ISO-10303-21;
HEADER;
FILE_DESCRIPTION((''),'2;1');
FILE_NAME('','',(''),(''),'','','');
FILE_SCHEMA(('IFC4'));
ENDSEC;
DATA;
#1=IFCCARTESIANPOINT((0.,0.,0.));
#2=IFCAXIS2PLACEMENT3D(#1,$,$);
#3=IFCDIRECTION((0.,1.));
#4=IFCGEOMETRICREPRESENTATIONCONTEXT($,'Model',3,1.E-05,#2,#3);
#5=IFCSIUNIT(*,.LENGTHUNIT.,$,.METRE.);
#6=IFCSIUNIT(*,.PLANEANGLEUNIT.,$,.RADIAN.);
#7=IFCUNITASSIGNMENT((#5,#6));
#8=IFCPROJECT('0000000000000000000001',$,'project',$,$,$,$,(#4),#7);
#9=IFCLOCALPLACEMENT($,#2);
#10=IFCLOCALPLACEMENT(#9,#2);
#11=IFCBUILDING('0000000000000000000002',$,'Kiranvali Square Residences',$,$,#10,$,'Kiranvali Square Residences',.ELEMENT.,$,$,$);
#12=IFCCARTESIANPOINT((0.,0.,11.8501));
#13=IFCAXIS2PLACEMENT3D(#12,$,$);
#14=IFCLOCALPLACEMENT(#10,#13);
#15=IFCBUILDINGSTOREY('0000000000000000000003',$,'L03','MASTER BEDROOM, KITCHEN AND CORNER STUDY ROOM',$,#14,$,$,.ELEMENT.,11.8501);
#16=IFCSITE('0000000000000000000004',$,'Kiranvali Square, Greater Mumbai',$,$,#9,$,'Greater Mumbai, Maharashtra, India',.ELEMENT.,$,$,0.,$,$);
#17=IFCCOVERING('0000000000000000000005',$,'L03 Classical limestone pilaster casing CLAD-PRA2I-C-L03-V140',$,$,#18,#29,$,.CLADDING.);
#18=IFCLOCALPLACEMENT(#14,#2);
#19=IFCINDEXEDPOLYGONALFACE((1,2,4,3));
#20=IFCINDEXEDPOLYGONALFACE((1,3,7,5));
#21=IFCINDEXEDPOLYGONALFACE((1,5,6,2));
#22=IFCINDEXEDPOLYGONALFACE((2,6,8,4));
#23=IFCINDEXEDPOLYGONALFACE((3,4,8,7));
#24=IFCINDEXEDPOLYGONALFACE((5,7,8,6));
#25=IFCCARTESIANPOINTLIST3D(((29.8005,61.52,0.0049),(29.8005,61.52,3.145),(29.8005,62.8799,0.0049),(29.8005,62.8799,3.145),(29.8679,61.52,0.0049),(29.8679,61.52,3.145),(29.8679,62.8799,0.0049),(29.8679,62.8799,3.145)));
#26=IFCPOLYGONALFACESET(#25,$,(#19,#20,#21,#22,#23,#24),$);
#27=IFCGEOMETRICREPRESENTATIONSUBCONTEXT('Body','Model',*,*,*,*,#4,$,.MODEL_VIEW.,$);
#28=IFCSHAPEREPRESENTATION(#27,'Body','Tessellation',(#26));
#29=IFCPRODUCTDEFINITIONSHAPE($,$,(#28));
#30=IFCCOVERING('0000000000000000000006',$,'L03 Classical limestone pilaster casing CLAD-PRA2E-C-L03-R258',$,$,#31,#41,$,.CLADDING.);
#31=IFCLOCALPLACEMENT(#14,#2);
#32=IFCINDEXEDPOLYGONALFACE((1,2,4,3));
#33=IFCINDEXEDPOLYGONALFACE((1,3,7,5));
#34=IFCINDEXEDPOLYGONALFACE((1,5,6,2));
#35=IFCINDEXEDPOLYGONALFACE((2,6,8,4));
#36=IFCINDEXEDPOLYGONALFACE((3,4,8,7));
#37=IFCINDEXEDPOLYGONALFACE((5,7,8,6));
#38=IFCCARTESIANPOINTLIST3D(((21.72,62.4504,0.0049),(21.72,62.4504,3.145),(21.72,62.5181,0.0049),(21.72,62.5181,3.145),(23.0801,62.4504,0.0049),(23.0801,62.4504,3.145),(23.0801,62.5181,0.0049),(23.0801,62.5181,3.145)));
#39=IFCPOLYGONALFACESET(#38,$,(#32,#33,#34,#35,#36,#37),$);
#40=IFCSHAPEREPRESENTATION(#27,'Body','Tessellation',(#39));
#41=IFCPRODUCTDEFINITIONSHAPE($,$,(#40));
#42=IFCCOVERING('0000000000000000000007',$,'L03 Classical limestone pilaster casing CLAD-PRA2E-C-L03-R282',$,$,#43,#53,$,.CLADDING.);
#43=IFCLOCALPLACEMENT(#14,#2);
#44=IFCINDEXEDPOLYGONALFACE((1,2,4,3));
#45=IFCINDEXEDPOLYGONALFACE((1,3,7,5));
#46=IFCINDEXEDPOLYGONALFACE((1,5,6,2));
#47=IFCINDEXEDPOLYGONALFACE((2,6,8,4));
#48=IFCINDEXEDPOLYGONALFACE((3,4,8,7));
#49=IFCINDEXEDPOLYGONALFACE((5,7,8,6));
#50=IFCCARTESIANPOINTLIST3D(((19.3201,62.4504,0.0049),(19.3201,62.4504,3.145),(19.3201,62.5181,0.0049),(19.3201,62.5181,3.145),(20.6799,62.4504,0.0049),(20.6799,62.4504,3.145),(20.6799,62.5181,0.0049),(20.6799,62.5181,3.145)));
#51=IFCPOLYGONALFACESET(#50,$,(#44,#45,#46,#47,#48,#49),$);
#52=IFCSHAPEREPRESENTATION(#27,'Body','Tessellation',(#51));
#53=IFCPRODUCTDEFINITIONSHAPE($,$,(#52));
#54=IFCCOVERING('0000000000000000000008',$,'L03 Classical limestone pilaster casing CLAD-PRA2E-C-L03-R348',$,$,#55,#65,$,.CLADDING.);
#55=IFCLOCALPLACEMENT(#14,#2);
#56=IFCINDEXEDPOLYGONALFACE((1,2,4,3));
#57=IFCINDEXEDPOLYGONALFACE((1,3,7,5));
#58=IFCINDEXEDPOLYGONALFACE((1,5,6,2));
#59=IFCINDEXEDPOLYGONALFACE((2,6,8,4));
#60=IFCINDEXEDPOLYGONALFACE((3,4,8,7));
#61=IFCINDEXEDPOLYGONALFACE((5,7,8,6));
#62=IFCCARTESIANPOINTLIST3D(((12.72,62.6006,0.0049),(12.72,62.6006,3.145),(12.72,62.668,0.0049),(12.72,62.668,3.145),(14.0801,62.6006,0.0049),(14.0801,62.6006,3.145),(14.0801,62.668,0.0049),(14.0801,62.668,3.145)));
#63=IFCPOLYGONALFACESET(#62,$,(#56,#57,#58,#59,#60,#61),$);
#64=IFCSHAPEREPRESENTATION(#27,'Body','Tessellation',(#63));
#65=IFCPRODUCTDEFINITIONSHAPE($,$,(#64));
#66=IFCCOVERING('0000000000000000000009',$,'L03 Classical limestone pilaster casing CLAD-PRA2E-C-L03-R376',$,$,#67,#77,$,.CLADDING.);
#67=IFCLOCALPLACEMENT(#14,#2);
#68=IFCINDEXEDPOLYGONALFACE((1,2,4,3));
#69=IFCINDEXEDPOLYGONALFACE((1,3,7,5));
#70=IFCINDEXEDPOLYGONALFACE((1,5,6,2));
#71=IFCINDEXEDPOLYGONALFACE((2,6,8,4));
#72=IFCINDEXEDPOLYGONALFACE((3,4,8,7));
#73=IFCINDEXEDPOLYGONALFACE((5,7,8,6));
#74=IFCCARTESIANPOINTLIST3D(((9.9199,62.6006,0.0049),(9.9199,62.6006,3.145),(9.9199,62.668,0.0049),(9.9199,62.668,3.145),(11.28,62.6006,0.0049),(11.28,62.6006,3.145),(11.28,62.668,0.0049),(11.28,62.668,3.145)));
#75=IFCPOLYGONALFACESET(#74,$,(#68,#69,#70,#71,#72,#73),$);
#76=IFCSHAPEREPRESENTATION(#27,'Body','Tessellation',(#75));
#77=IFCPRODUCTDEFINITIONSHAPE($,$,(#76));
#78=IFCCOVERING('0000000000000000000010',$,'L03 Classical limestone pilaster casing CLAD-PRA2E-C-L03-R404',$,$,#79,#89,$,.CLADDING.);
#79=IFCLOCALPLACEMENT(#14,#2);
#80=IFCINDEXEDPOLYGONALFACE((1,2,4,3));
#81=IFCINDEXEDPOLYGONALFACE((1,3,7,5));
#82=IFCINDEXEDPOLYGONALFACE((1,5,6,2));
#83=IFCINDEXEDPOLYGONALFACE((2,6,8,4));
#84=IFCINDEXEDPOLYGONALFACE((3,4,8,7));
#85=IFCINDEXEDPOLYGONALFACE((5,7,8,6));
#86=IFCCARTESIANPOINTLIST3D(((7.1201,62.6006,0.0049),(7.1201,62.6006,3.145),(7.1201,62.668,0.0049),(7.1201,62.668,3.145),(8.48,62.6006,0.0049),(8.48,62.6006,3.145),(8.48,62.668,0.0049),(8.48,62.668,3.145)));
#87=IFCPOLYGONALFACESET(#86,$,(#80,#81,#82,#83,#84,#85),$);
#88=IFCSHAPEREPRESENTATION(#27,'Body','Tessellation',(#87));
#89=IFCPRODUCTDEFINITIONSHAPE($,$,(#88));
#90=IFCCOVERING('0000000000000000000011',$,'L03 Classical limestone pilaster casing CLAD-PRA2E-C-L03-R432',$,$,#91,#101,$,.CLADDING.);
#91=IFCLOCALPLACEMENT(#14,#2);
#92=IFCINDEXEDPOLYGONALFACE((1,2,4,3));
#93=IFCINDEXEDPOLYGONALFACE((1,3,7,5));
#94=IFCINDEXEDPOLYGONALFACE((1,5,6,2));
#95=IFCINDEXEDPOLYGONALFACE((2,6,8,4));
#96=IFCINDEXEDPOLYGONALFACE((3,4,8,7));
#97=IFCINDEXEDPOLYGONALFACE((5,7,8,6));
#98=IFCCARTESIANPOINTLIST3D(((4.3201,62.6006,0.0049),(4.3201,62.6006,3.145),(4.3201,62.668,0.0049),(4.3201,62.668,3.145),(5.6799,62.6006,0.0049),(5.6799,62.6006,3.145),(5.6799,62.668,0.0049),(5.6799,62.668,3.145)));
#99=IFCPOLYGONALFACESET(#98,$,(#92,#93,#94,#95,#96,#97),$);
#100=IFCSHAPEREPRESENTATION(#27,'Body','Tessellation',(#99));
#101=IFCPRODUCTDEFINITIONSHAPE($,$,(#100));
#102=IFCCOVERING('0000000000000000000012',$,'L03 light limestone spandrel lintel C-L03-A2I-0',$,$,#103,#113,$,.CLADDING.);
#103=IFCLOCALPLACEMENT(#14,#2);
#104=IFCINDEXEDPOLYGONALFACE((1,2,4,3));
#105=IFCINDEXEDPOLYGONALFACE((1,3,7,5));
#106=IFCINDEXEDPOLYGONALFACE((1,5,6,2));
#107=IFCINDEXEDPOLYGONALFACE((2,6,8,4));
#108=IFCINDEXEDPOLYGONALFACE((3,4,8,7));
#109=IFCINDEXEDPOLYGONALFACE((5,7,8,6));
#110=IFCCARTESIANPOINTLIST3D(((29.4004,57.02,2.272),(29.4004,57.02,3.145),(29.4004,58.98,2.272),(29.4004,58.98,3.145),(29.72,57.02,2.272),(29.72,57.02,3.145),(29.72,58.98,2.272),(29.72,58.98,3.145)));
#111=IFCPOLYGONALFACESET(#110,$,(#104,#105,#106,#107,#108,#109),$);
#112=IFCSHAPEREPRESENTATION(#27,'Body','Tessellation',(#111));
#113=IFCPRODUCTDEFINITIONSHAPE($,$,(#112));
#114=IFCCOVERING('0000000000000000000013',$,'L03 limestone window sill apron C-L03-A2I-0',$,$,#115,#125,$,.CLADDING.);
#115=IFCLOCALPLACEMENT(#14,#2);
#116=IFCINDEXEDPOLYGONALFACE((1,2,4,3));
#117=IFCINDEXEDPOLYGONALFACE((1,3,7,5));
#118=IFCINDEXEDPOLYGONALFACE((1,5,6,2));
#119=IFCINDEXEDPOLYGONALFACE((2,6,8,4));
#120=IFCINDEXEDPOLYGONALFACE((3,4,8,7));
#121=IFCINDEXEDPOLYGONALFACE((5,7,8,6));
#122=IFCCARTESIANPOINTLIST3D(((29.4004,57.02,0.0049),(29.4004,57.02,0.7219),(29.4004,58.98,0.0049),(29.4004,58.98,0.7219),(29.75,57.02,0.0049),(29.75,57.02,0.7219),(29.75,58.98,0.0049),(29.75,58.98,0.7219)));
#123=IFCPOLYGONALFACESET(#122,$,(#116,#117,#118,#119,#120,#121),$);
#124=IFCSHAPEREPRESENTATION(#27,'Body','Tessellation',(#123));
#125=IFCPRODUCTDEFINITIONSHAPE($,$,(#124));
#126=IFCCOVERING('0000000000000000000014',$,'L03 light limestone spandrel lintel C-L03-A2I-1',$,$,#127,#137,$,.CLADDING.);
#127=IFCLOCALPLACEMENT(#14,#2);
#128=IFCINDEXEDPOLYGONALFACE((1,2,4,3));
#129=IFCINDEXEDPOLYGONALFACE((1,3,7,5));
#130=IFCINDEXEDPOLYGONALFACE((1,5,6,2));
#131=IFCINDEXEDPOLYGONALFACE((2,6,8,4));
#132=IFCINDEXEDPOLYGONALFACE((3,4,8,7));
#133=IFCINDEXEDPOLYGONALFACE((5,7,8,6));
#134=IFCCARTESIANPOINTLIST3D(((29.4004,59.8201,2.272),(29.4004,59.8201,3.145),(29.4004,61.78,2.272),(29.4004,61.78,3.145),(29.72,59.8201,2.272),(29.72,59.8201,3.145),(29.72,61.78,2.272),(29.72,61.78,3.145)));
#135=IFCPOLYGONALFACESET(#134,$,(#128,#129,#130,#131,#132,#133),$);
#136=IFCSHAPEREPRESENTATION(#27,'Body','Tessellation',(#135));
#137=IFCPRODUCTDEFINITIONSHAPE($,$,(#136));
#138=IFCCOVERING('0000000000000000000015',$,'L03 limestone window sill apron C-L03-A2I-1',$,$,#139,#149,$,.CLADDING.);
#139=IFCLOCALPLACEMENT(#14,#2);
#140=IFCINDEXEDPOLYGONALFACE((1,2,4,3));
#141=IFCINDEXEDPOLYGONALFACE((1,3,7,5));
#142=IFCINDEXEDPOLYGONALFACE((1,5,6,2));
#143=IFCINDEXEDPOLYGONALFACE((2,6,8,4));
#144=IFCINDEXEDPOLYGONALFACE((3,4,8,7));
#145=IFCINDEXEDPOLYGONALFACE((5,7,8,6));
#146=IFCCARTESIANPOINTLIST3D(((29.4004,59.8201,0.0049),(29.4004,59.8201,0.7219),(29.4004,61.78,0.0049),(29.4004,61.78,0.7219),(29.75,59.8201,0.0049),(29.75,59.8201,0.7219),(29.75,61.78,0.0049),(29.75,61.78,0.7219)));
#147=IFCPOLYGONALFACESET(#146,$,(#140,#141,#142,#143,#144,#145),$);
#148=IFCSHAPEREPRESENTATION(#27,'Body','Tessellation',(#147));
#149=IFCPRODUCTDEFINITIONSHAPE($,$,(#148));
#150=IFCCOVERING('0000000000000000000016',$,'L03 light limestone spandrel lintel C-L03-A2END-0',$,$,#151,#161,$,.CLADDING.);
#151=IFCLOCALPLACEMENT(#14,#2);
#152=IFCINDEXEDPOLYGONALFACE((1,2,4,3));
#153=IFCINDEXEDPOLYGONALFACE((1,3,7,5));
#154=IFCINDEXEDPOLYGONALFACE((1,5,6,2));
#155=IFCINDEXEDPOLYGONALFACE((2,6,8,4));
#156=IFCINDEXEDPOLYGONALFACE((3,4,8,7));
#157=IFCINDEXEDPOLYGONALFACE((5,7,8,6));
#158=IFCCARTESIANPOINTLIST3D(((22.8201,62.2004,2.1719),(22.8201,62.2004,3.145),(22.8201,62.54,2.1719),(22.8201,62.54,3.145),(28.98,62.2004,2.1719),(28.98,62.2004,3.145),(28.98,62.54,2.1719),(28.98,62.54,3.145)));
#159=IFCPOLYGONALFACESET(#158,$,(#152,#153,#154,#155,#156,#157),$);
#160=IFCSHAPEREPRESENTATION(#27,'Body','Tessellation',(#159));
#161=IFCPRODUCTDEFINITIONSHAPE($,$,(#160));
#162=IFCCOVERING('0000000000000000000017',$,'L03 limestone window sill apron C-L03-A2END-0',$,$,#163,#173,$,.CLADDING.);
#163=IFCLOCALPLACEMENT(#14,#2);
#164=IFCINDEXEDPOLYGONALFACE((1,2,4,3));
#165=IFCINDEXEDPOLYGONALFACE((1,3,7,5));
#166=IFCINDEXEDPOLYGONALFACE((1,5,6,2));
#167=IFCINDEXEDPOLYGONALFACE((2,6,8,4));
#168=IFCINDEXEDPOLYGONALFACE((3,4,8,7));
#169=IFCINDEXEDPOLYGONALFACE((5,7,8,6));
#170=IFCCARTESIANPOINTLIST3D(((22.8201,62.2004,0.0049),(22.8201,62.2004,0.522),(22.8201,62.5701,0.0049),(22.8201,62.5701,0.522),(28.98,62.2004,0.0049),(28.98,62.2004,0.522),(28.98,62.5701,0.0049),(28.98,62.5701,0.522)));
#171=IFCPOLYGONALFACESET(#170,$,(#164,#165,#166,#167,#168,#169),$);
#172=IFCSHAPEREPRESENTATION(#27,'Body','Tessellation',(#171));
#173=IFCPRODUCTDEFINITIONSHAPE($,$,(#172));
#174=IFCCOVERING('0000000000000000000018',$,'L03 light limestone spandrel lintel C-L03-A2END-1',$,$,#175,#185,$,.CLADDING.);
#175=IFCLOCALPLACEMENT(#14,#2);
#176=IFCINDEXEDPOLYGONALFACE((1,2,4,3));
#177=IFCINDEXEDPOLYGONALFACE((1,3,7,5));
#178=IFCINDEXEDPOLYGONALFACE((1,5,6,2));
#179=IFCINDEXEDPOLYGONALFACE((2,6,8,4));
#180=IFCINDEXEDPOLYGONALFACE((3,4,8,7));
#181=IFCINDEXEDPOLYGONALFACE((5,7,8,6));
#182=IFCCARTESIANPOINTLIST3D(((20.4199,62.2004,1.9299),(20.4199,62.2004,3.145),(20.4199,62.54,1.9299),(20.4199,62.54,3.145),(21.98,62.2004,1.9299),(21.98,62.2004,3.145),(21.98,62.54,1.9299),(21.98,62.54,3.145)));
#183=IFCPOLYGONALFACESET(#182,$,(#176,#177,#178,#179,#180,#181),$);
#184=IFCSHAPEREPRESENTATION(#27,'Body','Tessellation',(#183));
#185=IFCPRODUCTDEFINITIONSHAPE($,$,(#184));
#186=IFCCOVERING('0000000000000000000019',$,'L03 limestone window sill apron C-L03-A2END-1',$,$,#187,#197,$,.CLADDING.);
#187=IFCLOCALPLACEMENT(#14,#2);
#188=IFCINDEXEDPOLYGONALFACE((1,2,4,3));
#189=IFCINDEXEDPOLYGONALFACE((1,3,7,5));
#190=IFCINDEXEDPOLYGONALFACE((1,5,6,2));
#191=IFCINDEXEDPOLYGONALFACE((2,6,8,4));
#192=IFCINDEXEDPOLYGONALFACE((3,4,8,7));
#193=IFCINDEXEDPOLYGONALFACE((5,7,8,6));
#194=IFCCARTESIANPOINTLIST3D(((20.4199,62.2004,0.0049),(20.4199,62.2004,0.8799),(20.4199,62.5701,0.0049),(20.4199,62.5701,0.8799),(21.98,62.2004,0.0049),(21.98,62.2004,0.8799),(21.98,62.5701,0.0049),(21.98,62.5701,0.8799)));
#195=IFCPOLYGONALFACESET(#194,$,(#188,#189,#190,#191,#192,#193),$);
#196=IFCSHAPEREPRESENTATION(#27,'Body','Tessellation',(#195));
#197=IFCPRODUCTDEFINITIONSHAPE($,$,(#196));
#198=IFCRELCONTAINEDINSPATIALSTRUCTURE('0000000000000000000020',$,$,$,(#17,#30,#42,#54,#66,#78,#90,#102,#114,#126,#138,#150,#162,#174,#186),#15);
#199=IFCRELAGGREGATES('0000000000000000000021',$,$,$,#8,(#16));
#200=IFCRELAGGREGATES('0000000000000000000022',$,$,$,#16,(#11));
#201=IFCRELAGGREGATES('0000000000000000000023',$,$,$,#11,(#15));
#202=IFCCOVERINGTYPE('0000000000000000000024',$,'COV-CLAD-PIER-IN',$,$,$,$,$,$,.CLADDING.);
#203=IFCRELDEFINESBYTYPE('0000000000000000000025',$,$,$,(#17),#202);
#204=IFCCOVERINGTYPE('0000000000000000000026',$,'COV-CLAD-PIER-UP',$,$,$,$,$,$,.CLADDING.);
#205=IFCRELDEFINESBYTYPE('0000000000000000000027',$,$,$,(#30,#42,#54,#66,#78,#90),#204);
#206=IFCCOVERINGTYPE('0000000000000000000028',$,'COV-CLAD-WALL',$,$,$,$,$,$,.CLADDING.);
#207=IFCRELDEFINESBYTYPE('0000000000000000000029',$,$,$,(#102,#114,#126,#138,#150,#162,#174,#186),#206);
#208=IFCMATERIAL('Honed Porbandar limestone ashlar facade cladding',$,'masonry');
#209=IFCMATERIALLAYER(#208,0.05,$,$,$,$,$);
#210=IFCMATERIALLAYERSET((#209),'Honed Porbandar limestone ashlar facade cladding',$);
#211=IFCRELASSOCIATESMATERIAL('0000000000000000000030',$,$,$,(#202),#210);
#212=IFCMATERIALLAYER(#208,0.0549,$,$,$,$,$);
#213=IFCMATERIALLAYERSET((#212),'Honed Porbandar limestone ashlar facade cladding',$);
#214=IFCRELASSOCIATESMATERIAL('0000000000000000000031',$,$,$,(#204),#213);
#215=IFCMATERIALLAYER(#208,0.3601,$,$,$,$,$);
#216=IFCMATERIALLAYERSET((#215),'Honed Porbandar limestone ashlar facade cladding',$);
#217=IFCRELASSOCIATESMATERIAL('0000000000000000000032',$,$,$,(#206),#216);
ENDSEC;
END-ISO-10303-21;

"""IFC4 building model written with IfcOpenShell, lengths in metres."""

from ifc_helpers import new_model, si_unit, direction, frame, origin, place, context, subcontext, project, spatial, polyline, outline, extrude, material, layer, layer_set, type_object, element, save


model = new_model("IFC4")

# Units and contexts
model_context = context("Model", 3, precision=1e-05, world=origin(), true_north=direction((0.0, 1.0)))
body_context = subcontext(model_context, "Body", "Model", "MODEL_VIEW")
ifc_project = project(units=[si_unit("LENGTHUNIT", "METRE"), si_unit("PLANEANGLEUNIT", "RADIAN")], contexts=[model_context])

# Site, building, storey
site_placement = place(None, origin())
site = spatial("IfcSite", under=ifc_project, at=site_placement, Name="Kiranvali Square, Greater Mumbai", LongName="Greater Mumbai, Maharashtra, India", CompositionType="ELEMENT", RefElevation=0.0)
building_placement = place(site_placement, origin())
building = spatial("IfcBuilding", under=site, at=building_placement, Name="Kiranvali Square Residences", LongName="Kiranvali Square Residences", CompositionType="ELEMENT")
storey_placement = place(building_placement, frame((0.0, 0.0, 11.8501)))
storey = spatial("IfcBuildingStorey", under=building, at=storey_placement, Name="L03", Description="MASTER BEDROOM, KITCHEN AND CORNER STUDY ROOM", CompositionType="ELEMENT", Elevation=11.8501)

# Coverings
ifc_material = material(Name="Honed Porbandar limestone ashlar facade cladding", Category="masonry")
ifc_layer_1 = layer(ifc_material, 0.05)
ifc_layer_set_1 = layer_set([ifc_layer_1], Name="Honed Porbandar limestone ashlar facade cladding")
covering_type_1 = type_object("IfcCoveringType", Name="COV-CLAD-PIER-IN", PredefinedType="CLADDING", material=ifc_layer_set_1)
covering_1_placement = place(storey_placement, frame((0.0, 0.0, 0.0049)))
element("IfcCovering", 1, at=covering_1_placement, inside=storey, type_object=covering_type_1, Name="L03 Classical limestone pilaster casing CLAD-PRA2I-C-L03-V140", PredefinedType="CLADDING", context=body_context, shape_type="SweptSolid", body=[
    extrude(outline(polyline([(29.8679, 61.52), (29.8679, 62.8799), (29.8005, 62.8799), (29.8005, 61.52), (29.8679, 61.52)])), origin(), (0.0, 0.0, 1.0), 3.1401),
])
ifc_layer_2 = layer(ifc_material, 0.0549)
ifc_layer_set_2 = layer_set([ifc_layer_2], Name="Honed Porbandar limestone ashlar facade cladding")
covering_type_2 = type_object("IfcCoveringType", Name="COV-CLAD-PIER-UP", PredefinedType="CLADDING", material=ifc_layer_set_2)
covering_2_placement = place(storey_placement, frame((0.0, 0.0, 0.0049)))
element("IfcCovering", 2, at=covering_2_placement, inside=storey, type_object=covering_type_2, Name="L03 Classical limestone pilaster casing CLAD-PRA2E-C-L03-R258", PredefinedType="CLADDING", context=body_context, shape_type="SweptSolid", body=[
    extrude(outline(polyline([(23.0801, 62.5181), (21.72, 62.5181), (21.72, 62.4504), (23.0801, 62.4504), (23.0801, 62.5181)])), origin(), (0.0, 0.0, 1.0), 3.1401),
])
covering_3_placement = place(storey_placement, frame((0.0, 0.0, 0.0049)))
element("IfcCovering", 3, at=covering_3_placement, inside=storey, type_object=covering_type_2, Name="L03 Classical limestone pilaster casing CLAD-PRA2E-C-L03-R282", PredefinedType="CLADDING", context=body_context, shape_type="SweptSolid", body=[
    extrude(outline(polyline([(20.6799, 62.5181), (19.3201, 62.5181), (19.3201, 62.4504), (20.6799, 62.4504), (20.6799, 62.5181)])), origin(), (0.0, 0.0, 1.0), 3.1401),
])
covering_4_placement = place(storey_placement, frame((0.0, 0.0, 0.0049)))
element("IfcCovering", 4, at=covering_4_placement, inside=storey, type_object=covering_type_2, Name="L03 Classical limestone pilaster casing CLAD-PRA2E-C-L03-R348", PredefinedType="CLADDING", context=body_context, shape_type="SweptSolid", body=[
    extrude(outline(polyline([(14.0801, 62.668), (12.72, 62.668), (12.72, 62.6006), (14.0801, 62.6006), (14.0801, 62.668)])), origin(), (0.0, 0.0, 1.0), 3.1401),
])
covering_5_placement = place(storey_placement, frame((0.0, 0.0, 0.0049)))
element("IfcCovering", 5, at=covering_5_placement, inside=storey, type_object=covering_type_2, Name="L03 Classical limestone pilaster casing CLAD-PRA2E-C-L03-R376", PredefinedType="CLADDING", context=body_context, shape_type="SweptSolid", body=[
    extrude(outline(polyline([(11.28, 62.668), (9.9199, 62.668), (9.9199, 62.6006), (11.28, 62.6006), (11.28, 62.668)])), origin(), (0.0, 0.0, 1.0), 3.1401),
])
covering_6_placement = place(storey_placement, frame((0.0, 0.0, 0.0049)))
element("IfcCovering", 6, at=covering_6_placement, inside=storey, type_object=covering_type_2, Name="L03 Classical limestone pilaster casing CLAD-PRA2E-C-L03-R404", PredefinedType="CLADDING", context=body_context, shape_type="SweptSolid", body=[
    extrude(outline(polyline([(8.48, 62.668), (7.1201, 62.668), (7.1201, 62.6006), (8.48, 62.6006), (8.48, 62.668)])), origin(), (0.0, 0.0, 1.0), 3.1401),
])
covering_7_placement = place(storey_placement, frame((0.0, 0.0, 0.0049)))
element("IfcCovering", 7, at=covering_7_placement, inside=storey, type_object=covering_type_2, Name="L03 Classical limestone pilaster casing CLAD-PRA2E-C-L03-R432", PredefinedType="CLADDING", context=body_context, shape_type="SweptSolid", body=[
    extrude(outline(polyline([(5.6799, 62.668), (4.3201, 62.668), (4.3201, 62.6006), (5.6799, 62.6006), (5.6799, 62.668)])), origin(), (0.0, 0.0, 1.0), 3.1401),
])
ifc_layer_3 = layer(ifc_material, 0.3601)
ifc_layer_set_3 = layer_set([ifc_layer_3], Name="Honed Porbandar limestone ashlar facade cladding")
covering_type_3 = type_object("IfcCoveringType", Name="COV-CLAD-WALL", PredefinedType="CLADDING", material=ifc_layer_set_3)
covering_8_placement = place(storey_placement, frame((0.0, 0.0, 2.272)))
element("IfcCovering", 8, at=covering_8_placement, inside=storey, type_object=covering_type_3, Name="L03 light limestone spandrel lintel C-L03-A2I-0", PredefinedType="CLADDING", context=body_context, shape_type="SweptSolid", body=[
    extrude(outline(polyline([(29.72, 57.02), (29.72, 58.98), (29.4004, 58.98), (29.4004, 57.02), (29.72, 57.02)])), origin(), (0.0, 0.0, 1.0), 0.873),
])
covering_9_placement = place(storey_placement, frame((0.0, 0.0, 0.0049)))
element("IfcCovering", 9, at=covering_9_placement, inside=storey, type_object=covering_type_3, Name="L03 limestone window sill apron C-L03-A2I-0", PredefinedType="CLADDING", context=body_context, shape_type="SweptSolid", body=[
    extrude(outline(polyline([(29.75, 57.02), (29.75, 58.98), (29.4004, 58.98), (29.4004, 57.02), (29.75, 57.02)])), origin(), (0.0, 0.0, 1.0), 0.717),
])
covering_10_placement = place(storey_placement, frame((0.0, 0.0, 2.272)))
element("IfcCovering", 10, at=covering_10_placement, inside=storey, type_object=covering_type_3, Name="L03 light limestone spandrel lintel C-L03-A2I-1", PredefinedType="CLADDING", context=body_context, shape_type="SweptSolid", body=[
    extrude(outline(polyline([(29.72, 59.8201), (29.72, 61.78), (29.4004, 61.78), (29.4004, 59.8201), (29.72, 59.8201)])), origin(), (0.0, 0.0, 1.0), 0.873),
])
covering_11_placement = place(storey_placement, frame((0.0, 0.0, 0.0049)))
element("IfcCovering", 11, at=covering_11_placement, inside=storey, type_object=covering_type_3, Name="L03 limestone window sill apron C-L03-A2I-1", PredefinedType="CLADDING", context=body_context, shape_type="SweptSolid", body=[
    extrude(outline(polyline([(29.75, 59.8201), (29.75, 61.78), (29.4004, 61.78), (29.4004, 59.8201), (29.75, 59.8201)])), origin(), (0.0, 0.0, 1.0), 0.717),
])
covering_12_placement = place(storey_placement, frame((0.0, 0.0, 2.1719)))
element("IfcCovering", 12, at=covering_12_placement, inside=storey, type_object=covering_type_3, Name="L03 light limestone spandrel lintel C-L03-A2END-0", PredefinedType="CLADDING", context=body_context, shape_type="SweptSolid", body=[
    extrude(outline(polyline([(28.98, 62.54), (22.8201, 62.54), (22.8201, 62.2004), (28.98, 62.2004), (28.98, 62.54)])), origin(), (0.0, 0.0, 1.0), 0.9731),
])
covering_13_placement = place(storey_placement, frame((0.0, 0.0, 0.0049)))
element("IfcCovering", 13, at=covering_13_placement, inside=storey, type_object=covering_type_3, Name="L03 limestone window sill apron C-L03-A2END-0", PredefinedType="CLADDING", context=body_context, shape_type="SweptSolid", body=[
    extrude(outline(polyline([(28.98, 62.5701), (22.8201, 62.5701), (22.8201, 62.2004), (28.98, 62.2004), (28.98, 62.5701)])), origin(), (0.0, 0.0, 1.0), 0.5171),
])
covering_14_placement = place(storey_placement, frame((0.0, 0.0, 1.9299)))
element("IfcCovering", 14, at=covering_14_placement, inside=storey, type_object=covering_type_3, Name="L03 light limestone spandrel lintel C-L03-A2END-1", PredefinedType="CLADDING", context=body_context, shape_type="SweptSolid", body=[
    extrude(outline(polyline([(21.98, 62.54), (20.4199, 62.54), (20.4199, 62.2004), (21.98, 62.2004), (21.98, 62.54)])), origin(), (0.0, 0.0, 1.0), 1.2151),
])
covering_15_placement = place(storey_placement, frame((0.0, 0.0, 0.0049)))
element("IfcCovering", 15, at=covering_15_placement, inside=storey, type_object=covering_type_3, Name="L03 limestone window sill apron C-L03-A2END-1", PredefinedType="CLADDING", context=body_context, shape_type="SweptSolid", body=[
    extrude(outline(polyline([(21.98, 62.5701), (20.4199, 62.5701), (20.4199, 62.2004), (21.98, 62.2004), (21.98, 62.5701)])), origin(), (0.0, 0.0, 1.0), 0.875),
])

save(model, "model.ifc")
